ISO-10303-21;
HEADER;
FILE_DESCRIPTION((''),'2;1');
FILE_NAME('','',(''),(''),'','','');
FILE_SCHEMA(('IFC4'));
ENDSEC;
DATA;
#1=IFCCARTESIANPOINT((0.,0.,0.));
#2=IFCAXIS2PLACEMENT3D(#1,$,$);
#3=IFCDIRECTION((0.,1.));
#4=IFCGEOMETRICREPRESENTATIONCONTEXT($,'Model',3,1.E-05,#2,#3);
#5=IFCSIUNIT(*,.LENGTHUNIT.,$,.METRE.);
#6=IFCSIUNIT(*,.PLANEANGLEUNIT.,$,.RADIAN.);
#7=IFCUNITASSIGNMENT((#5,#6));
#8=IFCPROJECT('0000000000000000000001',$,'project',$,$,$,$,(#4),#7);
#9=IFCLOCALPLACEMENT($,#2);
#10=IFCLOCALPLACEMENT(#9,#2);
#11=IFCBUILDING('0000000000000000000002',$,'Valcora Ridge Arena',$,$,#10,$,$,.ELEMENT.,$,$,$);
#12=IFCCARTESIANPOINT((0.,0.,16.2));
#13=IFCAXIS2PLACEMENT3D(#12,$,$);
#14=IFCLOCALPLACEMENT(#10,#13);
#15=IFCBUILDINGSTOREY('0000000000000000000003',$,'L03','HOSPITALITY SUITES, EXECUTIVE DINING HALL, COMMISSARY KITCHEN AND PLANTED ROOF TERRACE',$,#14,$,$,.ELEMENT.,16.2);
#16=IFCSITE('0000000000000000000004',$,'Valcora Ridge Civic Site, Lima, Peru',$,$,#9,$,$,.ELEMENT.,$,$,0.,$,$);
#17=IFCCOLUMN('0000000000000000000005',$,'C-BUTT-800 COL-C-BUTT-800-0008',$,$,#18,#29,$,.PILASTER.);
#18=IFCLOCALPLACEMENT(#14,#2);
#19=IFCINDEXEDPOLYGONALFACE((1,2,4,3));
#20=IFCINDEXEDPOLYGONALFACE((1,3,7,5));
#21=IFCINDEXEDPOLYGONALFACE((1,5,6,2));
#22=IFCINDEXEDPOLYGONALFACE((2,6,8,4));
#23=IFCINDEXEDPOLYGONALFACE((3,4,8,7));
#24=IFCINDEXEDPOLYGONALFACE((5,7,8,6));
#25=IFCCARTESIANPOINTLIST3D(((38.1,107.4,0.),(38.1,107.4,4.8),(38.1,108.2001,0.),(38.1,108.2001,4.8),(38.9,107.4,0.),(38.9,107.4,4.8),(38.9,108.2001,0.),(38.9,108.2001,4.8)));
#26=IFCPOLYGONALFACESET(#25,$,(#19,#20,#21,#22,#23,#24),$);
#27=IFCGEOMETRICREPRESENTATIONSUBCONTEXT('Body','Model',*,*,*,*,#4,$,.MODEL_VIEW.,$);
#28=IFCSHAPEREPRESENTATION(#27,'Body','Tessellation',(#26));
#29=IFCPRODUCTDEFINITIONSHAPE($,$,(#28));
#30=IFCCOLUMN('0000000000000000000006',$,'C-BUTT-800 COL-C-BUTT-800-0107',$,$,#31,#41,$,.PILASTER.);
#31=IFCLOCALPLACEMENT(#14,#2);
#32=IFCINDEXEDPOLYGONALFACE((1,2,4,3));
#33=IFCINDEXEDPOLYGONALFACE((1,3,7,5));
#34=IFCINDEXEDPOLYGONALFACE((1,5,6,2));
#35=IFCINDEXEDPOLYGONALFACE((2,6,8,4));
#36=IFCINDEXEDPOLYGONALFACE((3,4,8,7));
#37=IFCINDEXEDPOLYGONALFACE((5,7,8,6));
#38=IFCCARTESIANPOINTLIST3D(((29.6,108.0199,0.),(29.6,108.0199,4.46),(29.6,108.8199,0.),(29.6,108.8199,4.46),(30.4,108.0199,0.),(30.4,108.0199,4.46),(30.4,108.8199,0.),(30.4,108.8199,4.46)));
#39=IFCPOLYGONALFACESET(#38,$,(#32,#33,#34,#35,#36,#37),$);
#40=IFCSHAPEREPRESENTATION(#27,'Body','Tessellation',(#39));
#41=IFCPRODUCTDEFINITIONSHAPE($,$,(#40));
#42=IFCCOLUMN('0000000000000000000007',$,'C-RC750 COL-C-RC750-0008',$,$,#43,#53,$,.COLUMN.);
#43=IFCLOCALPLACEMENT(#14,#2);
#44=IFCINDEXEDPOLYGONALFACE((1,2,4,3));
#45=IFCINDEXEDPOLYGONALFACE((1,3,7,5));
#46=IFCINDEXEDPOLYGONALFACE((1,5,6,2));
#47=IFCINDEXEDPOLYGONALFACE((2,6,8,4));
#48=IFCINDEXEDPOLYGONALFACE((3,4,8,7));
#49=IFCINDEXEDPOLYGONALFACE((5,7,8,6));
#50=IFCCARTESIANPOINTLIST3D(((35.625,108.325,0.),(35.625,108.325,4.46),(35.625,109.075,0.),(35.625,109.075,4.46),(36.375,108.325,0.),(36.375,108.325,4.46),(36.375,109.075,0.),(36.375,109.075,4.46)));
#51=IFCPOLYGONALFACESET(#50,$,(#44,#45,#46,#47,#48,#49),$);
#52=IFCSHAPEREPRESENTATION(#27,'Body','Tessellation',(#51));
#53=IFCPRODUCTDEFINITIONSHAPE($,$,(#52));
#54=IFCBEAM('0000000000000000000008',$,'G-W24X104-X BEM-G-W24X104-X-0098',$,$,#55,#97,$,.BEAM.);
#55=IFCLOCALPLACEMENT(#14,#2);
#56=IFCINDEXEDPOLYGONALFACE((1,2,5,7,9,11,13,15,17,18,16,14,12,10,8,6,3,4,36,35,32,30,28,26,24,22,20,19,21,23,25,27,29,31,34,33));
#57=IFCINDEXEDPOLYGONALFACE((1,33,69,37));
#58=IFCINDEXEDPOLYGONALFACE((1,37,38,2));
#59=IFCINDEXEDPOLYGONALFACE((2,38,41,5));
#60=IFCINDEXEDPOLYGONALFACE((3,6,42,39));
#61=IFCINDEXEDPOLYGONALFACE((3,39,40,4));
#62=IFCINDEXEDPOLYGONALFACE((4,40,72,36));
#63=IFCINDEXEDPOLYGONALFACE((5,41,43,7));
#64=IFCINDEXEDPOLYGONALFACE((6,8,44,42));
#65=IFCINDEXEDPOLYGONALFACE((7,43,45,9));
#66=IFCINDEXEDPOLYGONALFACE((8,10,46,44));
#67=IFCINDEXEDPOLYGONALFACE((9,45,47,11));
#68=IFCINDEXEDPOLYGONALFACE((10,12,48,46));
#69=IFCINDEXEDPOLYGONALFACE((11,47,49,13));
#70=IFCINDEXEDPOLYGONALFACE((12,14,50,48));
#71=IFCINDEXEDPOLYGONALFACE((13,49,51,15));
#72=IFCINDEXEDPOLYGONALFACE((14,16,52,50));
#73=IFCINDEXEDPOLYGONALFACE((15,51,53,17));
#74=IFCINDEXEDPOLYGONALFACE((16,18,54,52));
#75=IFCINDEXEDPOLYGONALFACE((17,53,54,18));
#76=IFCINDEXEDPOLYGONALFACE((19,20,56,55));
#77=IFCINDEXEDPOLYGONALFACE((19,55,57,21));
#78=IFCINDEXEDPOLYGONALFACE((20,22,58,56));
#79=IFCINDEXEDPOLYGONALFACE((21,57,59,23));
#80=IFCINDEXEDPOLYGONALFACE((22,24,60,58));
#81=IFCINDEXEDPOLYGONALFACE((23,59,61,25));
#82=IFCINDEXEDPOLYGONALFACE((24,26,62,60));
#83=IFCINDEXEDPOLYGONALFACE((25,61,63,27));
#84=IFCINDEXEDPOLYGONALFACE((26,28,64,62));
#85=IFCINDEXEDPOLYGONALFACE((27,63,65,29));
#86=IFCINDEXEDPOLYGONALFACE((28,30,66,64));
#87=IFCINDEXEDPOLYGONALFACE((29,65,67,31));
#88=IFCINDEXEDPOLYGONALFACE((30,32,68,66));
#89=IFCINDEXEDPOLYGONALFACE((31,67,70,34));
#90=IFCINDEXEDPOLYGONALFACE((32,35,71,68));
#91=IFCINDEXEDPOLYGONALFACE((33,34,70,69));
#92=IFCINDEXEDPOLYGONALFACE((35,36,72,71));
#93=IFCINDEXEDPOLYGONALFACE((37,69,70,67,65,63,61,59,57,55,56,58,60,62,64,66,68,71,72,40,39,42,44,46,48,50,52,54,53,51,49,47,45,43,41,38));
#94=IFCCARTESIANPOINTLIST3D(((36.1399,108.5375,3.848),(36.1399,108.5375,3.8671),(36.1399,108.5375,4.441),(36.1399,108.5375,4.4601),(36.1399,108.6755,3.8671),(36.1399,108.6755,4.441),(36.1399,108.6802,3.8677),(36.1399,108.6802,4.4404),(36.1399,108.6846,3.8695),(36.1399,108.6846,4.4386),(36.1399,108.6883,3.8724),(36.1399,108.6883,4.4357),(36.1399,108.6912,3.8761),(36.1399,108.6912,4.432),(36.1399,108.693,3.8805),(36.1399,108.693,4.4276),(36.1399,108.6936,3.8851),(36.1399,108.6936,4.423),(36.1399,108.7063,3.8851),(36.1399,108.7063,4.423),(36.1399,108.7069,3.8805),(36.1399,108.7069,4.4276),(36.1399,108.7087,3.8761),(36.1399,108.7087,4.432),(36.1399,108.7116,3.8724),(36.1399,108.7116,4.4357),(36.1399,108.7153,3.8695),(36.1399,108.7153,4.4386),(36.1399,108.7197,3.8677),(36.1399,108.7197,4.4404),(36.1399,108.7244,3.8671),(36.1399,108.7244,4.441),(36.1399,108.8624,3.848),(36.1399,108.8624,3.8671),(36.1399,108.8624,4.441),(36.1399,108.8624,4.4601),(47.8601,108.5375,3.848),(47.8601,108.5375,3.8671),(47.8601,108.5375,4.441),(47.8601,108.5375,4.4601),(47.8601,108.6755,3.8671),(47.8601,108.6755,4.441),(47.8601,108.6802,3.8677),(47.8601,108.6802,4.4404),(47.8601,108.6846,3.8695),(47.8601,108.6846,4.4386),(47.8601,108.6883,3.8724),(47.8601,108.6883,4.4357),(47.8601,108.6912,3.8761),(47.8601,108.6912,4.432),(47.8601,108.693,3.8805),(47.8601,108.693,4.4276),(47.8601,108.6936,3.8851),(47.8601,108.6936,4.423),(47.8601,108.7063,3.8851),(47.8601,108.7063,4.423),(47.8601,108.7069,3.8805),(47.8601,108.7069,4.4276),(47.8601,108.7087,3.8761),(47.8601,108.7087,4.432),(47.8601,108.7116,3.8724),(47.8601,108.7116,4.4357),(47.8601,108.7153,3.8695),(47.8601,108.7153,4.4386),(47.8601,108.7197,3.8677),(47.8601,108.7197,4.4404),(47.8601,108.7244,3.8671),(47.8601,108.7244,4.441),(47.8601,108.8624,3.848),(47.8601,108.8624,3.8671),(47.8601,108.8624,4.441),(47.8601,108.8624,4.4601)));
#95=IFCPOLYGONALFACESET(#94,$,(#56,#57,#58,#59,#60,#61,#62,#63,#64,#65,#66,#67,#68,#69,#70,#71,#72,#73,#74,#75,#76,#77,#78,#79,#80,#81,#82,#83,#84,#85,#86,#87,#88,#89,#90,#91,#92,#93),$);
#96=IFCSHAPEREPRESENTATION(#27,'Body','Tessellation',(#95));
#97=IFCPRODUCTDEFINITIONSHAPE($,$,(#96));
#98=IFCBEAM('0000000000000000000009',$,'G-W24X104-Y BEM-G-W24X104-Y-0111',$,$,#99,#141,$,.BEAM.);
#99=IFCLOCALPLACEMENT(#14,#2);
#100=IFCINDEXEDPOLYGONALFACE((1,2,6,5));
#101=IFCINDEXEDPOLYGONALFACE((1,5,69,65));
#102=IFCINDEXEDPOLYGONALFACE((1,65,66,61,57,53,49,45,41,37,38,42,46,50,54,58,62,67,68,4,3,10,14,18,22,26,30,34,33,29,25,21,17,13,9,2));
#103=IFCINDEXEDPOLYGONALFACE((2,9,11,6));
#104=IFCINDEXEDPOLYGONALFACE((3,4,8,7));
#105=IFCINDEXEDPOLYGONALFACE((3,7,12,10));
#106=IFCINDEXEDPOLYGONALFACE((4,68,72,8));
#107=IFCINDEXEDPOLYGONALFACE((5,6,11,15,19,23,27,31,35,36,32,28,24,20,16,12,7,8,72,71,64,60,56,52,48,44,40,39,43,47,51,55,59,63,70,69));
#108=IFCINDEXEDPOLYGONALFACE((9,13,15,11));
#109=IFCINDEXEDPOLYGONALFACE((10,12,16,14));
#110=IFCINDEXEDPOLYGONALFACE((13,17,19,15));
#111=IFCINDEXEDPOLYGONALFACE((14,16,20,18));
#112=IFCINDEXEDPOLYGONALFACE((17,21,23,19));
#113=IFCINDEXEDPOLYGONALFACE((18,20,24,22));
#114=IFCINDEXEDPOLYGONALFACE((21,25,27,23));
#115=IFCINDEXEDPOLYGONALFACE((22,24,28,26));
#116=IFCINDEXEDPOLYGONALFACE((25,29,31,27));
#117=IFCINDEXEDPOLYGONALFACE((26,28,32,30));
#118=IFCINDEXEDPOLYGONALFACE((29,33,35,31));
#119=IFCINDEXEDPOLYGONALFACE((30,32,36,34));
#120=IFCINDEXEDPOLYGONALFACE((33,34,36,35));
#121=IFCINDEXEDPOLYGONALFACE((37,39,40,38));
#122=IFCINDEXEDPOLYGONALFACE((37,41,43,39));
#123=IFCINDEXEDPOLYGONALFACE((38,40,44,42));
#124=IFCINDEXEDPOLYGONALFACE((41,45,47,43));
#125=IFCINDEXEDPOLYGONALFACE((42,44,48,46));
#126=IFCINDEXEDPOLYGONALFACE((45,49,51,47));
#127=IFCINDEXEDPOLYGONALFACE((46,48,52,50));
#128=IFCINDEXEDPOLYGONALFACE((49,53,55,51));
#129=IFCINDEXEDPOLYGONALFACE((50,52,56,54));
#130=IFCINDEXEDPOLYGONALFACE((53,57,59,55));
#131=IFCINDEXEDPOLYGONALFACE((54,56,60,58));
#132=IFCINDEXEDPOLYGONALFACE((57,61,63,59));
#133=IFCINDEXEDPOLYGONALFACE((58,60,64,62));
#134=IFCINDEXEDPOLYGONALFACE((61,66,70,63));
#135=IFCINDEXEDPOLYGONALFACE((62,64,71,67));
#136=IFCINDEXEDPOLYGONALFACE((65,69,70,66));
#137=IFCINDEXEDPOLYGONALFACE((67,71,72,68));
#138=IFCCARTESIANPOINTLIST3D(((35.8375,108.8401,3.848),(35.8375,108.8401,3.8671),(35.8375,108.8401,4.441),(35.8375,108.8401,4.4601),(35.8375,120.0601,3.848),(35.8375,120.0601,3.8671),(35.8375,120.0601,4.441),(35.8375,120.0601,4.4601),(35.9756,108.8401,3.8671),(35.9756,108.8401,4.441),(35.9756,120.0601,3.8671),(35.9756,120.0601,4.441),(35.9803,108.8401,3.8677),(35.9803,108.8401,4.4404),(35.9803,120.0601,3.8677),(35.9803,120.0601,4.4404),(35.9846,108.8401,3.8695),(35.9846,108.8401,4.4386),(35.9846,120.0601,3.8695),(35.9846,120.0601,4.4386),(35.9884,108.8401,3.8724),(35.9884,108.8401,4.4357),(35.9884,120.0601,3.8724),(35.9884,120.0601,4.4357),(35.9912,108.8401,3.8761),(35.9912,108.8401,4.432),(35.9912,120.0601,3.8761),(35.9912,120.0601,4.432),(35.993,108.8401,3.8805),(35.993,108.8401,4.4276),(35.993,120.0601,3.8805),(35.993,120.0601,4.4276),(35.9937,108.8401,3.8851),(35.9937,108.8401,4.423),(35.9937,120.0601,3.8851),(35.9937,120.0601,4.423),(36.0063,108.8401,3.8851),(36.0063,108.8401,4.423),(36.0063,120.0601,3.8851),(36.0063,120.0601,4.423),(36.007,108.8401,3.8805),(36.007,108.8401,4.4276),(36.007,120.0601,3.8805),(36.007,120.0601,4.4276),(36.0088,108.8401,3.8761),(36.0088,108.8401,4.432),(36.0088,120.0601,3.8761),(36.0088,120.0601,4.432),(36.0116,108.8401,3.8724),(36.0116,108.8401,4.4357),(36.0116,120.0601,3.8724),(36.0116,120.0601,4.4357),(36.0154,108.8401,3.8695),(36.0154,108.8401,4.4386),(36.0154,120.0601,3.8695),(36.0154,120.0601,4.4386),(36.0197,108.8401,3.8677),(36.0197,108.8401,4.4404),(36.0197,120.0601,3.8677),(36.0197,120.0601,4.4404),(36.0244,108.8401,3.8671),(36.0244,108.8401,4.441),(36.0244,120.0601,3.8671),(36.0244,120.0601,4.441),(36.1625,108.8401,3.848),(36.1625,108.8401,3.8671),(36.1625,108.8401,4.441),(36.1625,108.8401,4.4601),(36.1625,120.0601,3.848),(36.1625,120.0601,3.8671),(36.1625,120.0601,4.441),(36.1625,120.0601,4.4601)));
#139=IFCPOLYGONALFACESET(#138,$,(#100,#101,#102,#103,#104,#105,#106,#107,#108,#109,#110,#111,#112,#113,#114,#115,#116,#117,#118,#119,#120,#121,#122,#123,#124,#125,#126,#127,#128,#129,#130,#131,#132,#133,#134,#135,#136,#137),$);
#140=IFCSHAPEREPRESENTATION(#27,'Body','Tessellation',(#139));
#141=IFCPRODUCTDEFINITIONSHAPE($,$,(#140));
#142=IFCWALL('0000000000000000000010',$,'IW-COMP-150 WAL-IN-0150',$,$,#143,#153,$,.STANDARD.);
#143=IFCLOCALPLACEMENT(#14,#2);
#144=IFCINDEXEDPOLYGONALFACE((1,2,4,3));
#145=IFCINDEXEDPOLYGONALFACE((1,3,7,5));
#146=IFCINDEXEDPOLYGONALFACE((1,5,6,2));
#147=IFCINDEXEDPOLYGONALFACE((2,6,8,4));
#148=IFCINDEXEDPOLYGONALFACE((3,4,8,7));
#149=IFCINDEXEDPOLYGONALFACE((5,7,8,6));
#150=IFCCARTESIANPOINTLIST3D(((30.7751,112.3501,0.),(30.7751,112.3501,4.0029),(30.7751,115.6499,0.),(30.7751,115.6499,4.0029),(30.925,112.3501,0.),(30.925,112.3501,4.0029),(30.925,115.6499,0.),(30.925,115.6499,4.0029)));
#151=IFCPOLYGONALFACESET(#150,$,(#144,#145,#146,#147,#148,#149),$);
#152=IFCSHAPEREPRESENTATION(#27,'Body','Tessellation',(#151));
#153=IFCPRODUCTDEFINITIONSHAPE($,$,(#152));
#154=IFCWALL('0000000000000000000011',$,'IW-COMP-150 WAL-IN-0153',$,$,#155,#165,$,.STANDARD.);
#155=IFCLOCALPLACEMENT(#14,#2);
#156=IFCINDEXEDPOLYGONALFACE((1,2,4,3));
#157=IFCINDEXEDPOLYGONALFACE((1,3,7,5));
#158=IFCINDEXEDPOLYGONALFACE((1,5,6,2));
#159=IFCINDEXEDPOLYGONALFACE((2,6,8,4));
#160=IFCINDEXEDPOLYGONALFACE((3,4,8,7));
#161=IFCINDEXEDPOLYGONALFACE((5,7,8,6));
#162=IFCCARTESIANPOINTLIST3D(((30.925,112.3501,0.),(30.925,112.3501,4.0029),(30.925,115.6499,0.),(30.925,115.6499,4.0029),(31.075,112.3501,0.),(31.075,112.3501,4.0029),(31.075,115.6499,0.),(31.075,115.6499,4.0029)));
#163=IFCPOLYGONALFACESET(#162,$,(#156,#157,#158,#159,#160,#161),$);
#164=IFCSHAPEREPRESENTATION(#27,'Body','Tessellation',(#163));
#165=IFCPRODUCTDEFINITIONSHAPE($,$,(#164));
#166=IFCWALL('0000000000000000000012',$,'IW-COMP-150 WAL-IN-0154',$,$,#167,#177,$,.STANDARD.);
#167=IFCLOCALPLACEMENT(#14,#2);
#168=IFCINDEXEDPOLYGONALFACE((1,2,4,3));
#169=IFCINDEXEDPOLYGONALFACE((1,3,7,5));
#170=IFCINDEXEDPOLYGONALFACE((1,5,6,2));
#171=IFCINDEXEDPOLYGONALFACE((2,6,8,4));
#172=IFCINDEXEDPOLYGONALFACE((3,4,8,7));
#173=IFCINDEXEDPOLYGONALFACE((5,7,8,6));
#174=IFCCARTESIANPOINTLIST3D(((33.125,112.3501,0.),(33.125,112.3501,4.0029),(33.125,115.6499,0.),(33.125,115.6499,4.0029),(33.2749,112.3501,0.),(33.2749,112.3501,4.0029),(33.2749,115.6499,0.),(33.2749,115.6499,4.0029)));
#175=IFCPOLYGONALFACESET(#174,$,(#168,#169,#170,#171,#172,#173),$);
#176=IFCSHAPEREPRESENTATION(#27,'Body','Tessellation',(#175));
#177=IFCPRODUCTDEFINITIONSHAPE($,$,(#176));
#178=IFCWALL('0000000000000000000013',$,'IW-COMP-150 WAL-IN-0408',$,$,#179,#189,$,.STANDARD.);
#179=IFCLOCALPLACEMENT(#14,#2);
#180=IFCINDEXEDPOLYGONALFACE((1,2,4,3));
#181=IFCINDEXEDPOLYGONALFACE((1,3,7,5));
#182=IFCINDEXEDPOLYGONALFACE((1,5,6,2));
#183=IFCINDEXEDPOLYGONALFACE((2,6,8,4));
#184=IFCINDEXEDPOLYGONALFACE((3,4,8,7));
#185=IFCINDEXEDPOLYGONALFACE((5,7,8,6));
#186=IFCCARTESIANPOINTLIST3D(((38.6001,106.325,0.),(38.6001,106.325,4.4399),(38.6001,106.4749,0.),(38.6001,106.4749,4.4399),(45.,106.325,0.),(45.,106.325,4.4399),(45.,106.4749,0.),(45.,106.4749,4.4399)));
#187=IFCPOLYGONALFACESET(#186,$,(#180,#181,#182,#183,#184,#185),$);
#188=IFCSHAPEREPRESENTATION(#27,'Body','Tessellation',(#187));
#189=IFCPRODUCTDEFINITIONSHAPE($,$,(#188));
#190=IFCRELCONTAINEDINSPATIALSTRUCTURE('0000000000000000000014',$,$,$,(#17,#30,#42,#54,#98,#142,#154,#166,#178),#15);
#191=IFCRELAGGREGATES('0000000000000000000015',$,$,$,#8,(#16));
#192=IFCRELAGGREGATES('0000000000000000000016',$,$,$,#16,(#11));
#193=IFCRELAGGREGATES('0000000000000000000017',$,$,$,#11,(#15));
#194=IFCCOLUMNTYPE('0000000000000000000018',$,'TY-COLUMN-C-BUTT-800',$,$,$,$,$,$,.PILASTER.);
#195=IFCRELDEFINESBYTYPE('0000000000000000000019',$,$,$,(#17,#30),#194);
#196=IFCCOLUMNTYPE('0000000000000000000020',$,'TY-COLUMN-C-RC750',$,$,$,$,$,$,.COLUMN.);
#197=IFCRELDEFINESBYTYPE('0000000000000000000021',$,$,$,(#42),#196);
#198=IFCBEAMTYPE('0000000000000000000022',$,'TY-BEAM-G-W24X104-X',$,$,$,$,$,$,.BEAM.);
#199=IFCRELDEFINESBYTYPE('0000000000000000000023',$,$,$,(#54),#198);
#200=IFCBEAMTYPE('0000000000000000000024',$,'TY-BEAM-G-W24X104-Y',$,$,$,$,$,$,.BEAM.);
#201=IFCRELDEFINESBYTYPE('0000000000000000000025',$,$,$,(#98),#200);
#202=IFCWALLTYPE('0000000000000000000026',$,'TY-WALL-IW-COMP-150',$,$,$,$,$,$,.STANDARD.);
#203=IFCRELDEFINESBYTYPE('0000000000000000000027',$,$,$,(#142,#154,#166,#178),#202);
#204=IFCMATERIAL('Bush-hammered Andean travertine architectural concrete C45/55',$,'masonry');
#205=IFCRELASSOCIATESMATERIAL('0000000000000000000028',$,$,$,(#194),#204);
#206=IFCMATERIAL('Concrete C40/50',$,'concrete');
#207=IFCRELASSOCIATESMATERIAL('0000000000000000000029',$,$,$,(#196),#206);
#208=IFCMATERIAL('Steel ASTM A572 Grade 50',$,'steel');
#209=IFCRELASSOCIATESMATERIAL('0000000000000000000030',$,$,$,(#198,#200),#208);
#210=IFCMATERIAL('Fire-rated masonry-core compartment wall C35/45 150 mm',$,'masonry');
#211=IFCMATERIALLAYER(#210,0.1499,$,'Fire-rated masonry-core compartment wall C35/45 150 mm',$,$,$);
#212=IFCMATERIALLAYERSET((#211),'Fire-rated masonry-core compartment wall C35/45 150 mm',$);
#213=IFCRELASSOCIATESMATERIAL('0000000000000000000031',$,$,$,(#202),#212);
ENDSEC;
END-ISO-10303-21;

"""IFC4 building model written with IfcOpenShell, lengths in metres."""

from ifc_helpers import new_model, si_unit, direction, frame, frame_2d, origin, origin_2d, place, context, subcontext, project, spatial, rectangle, i_section, extrude, material, layer, layer_set, material_profile, profile_set, type_object, element, save


model = new_model("IFC4")

# Units and contexts
model_context = context("Model", 3, precision=1e-05, world=origin(), true_north=direction((0.0, 1.0)))
body_context = subcontext(model_context, "Body", "Model", "MODEL_VIEW")
ifc_project = project(units=[si_unit("LENGTHUNIT", "METRE"), si_unit("PLANEANGLEUNIT", "RADIAN")], contexts=[model_context])

# Site, building, storey
site_placement = place(None, origin())
site = spatial("IfcSite", under=ifc_project, at=site_placement, Name="Valcora Ridge Civic Site, Lima, Peru", CompositionType="ELEMENT", RefElevation=0.0)
building_placement = place(site_placement, origin())
building = spatial("IfcBuilding", under=site, at=building_placement, Name="Valcora Ridge Arena", CompositionType="ELEMENT")
storey_placement = place(building_placement, frame((0.0, 0.0, 16.2)))
storey = spatial("IfcBuildingStorey", under=building, at=storey_placement, Name="L03", Description="HOSPITALITY SUITES, EXECUTIVE DINING HALL, COMMISSARY KITCHEN AND PLANTED ROOF TERRACE", CompositionType="ELEMENT", Elevation=16.2)

# Columns
ifc_material_1 = material(Name="Bush-hammered Andean travertine architectural concrete C45/55", Category="masonry")
ifc_material_profile_1 = material_profile(ifc_material_1, rectangle(XDim=0.8, YDim=0.8, at=origin_2d()), Name="RC 800x800")
ifc_profile_set_1 = profile_set([ifc_material_profile_1], Name="Bush-hammered Andean travertine architectural concrete C45/55")
column_type_1 = type_object("IfcColumnType", Name="TY-COLUMN-C-BUTT-800", PredefinedType="PILASTER", material=ifc_profile_set_1)
column_1_placement = place(storey_placement, frame((38.5, 107.8, 0.0), z_axis=(0.0, 0.0, 1.0), x_axis=(1.0, 0.0, 0.0)))
element("IfcColumn", 1, at=column_1_placement, inside=storey, type_object=column_type_1, Name="C-BUTT-800 COL-C-BUTT-800-0008", PredefinedType="PILASTER", context=body_context, shape_type="SweptSolid", body=[
    extrude(rectangle(XDim=0.8, YDim=0.8, at=origin_2d()), origin(), (0.0, 0.0, 1.0), 4.8),
])
column_2_placement = place(storey_placement, frame((30.0, 108.4199, 0.0), z_axis=(0.0, 0.0, 1.0), x_axis=(1.0, 0.0, 0.0)))
element("IfcColumn", 2, at=column_2_placement, inside=storey, type_object=column_type_1, Name="C-BUTT-800 COL-C-BUTT-800-0107", PredefinedType="PILASTER", context=body_context, shape_type="SweptSolid", body=[
    extrude(rectangle(XDim=0.8, YDim=0.8, at=origin_2d()), origin(), (0.0, 0.0, 1.0), 4.46),
])
ifc_material_2 = material(Name="Concrete C40/50", Category="concrete")
ifc_material_profile_2 = material_profile(ifc_material_2, rectangle(XDim=0.75, YDim=0.75, at=origin_2d()), Name="RC 750x750")
ifc_profile_set_2 = profile_set([ifc_material_profile_2], Name="Concrete C40/50")
column_type_2 = type_object("IfcColumnType", Name="TY-COLUMN-C-RC750", PredefinedType="COLUMN", material=ifc_profile_set_2)
column_3_placement = place(storey_placement, frame((36.0, 108.7, 0.0), z_axis=(0.0, 0.0, 1.0), x_axis=(1.0, 0.0, 0.0)))
element("IfcColumn", 3, at=column_3_placement, inside=storey, type_object=column_type_2, Name="C-RC750 COL-C-RC750-0008", PredefinedType="COLUMN", context=body_context, shape_type="SweptSolid", body=[
    extrude(rectangle(XDim=0.75, YDim=0.75, at=origin_2d()), origin(), (0.0, 0.0, 1.0), 4.46),
])

# Beams
ifc_material_3 = material(Name="Steel ASTM A572 Grade 50", Category="steel")
ifc_material_profile_3 = material_profile(ifc_material_3, i_section(OverallWidth=0.325, OverallDepth=0.6121, WebThickness=0.0127, FlangeThickness=0.019, FilletRadius=0.0181, at=origin_2d()), Name="W24X104")
ifc_profile_set_3 = profile_set([ifc_material_profile_3], Name="Steel ASTM A572 Grade 50")
beam_type_1 = type_object("IfcBeamType", Name="TY-BEAM-G-W24X104-X", PredefinedType="BEAM", material=ifc_profile_set_3)
beam_1_placement = place(storey_placement, frame((36.1399, 108.7, 4.1541), z_axis=(1.0, 0.0, 0.0), x_axis=(0.0, 1.0, 0.0)))
element("IfcBeam", 4, at=beam_1_placement, inside=storey, type_object=beam_type_1, Name="G-W24X104-X BEM-G-W24X104-X-0098", PredefinedType="BEAM", context=body_context, shape_type="SweptSolid", body=[
    extrude(i_section(OverallWidth=0.325, OverallDepth=0.6121, WebThickness=0.0127, FlangeThickness=0.019, FilletRadius=0.0181, at=origin_2d()), origin(), (0.0, 0.0, 1.0), 11.7202),
])
ifc_material_profile_4 = material_profile(ifc_material_3, i_section(OverallWidth=0.325, OverallDepth=0.6121, WebThickness=0.0127, FlangeThickness=0.019, FilletRadius=0.0181, at=origin_2d()), Name="W24X104")
ifc_profile_set_4 = profile_set([ifc_material_profile_4], Name="Steel ASTM A572 Grade 50")
beam_type_2 = type_object("IfcBeamType", Name="TY-BEAM-G-W24X104-Y", PredefinedType="BEAM", material=ifc_profile_set_4)
beam_2_placement = place(storey_placement, frame((36.0, 108.8401, 4.1541), z_axis=(0.0, 1.0, 0.0), x_axis=(-1.0, 0.0, 0.0)))
element("IfcBeam", 5, at=beam_2_placement, inside=storey, type_object=beam_type_2, Name="G-W24X104-Y BEM-G-W24X104-Y-0111", PredefinedType="BEAM", context=body_context, shape_type="SweptSolid", body=[
    extrude(i_section(OverallWidth=0.325, OverallDepth=0.6121, WebThickness=0.0127, FlangeThickness=0.019, FilletRadius=0.0181, at=origin_2d()), origin(), (0.0, 0.0, 1.0), 11.22),
])

# Wall
ifc_material_4 = material(Name="Fire-rated masonry-core compartment wall C35/45 150 mm", Category="masonry")
ifc_layer_1 = layer(ifc_material_4, 0.1499, Name="Fire-rated masonry-core compartment wall C35/45 150 mm")
ifc_layer_set_1 = layer_set([ifc_layer_1], Name="Fire-rated masonry-core compartment wall C35/45 150 mm")
wall_type_1 = type_object("IfcWallType", Name="TY-WALL-IW-COMP-150", PredefinedType="STANDARD", material=ifc_layer_set_1)
wall_1_placement = place(storey_placement, frame((30.8501, 112.3501, 0.0), z_axis=(0.0, 0.0, 1.0), x_axis=(0.0, 1.0, 0.0)))
element("IfcWall", 6, at=wall_1_placement, inside=storey, type_object=wall_type_1, Name="IW-COMP-150 WAL-IN-0150", PredefinedType="STANDARD", context=body_context, shape_type="SweptSolid", body=[
    extrude(rectangle(XDim=3.2998, YDim=0.1499, at=frame_2d((1.6499, 0.0))), origin(), (0.0, 0.0, 1.0), 4.0029),
])

# Walls
for number, where, z_axis, x_axis, name in (
    (7, (31.0, 112.3501, 0.0), (0.0, 0.0, 1.0), (0.0, 1.0, 0.0), "IW-COMP-150 WAL-IN-0153"),
    (8, (33.2, 112.3501, 0.0), (0.0, 0.0, 1.0), (0.0, 1.0, 0.0), "IW-COMP-150 WAL-IN-0154"),
):
    element("IfcWall", number, at=place(storey_placement, frame(where, z_axis=z_axis, x_axis=x_axis)), inside=storey, type_object=wall_type_1, Name=name, PredefinedType="STANDARD", context=body_context, shape_type="SweptSolid", body=[
        extrude(rectangle(XDim=3.2998, YDim=0.1499, at=frame_2d((1.6499, 0.0))), origin(), (0.0, 0.0, 1.0), 4.0029),
    ])
wall_2_placement = place(storey_placement, frame((38.6001, 106.3999, 0.0), z_axis=(0.0, 0.0, 1.0), x_axis=(1.0, 0.0, 0.0)))
element("IfcWall", 9, at=wall_2_placement, inside=storey, type_object=wall_type_1, Name="IW-COMP-150 WAL-IN-0408", PredefinedType="STANDARD", context=body_context, shape_type="SweptSolid", body=[
    extrude(rectangle(XDim=6.3999, YDim=0.1499, at=frame_2d((3.2, 0.0))), origin(), (0.0, 0.0, 1.0), 4.4399),
])

save(model, "model.ifc")
